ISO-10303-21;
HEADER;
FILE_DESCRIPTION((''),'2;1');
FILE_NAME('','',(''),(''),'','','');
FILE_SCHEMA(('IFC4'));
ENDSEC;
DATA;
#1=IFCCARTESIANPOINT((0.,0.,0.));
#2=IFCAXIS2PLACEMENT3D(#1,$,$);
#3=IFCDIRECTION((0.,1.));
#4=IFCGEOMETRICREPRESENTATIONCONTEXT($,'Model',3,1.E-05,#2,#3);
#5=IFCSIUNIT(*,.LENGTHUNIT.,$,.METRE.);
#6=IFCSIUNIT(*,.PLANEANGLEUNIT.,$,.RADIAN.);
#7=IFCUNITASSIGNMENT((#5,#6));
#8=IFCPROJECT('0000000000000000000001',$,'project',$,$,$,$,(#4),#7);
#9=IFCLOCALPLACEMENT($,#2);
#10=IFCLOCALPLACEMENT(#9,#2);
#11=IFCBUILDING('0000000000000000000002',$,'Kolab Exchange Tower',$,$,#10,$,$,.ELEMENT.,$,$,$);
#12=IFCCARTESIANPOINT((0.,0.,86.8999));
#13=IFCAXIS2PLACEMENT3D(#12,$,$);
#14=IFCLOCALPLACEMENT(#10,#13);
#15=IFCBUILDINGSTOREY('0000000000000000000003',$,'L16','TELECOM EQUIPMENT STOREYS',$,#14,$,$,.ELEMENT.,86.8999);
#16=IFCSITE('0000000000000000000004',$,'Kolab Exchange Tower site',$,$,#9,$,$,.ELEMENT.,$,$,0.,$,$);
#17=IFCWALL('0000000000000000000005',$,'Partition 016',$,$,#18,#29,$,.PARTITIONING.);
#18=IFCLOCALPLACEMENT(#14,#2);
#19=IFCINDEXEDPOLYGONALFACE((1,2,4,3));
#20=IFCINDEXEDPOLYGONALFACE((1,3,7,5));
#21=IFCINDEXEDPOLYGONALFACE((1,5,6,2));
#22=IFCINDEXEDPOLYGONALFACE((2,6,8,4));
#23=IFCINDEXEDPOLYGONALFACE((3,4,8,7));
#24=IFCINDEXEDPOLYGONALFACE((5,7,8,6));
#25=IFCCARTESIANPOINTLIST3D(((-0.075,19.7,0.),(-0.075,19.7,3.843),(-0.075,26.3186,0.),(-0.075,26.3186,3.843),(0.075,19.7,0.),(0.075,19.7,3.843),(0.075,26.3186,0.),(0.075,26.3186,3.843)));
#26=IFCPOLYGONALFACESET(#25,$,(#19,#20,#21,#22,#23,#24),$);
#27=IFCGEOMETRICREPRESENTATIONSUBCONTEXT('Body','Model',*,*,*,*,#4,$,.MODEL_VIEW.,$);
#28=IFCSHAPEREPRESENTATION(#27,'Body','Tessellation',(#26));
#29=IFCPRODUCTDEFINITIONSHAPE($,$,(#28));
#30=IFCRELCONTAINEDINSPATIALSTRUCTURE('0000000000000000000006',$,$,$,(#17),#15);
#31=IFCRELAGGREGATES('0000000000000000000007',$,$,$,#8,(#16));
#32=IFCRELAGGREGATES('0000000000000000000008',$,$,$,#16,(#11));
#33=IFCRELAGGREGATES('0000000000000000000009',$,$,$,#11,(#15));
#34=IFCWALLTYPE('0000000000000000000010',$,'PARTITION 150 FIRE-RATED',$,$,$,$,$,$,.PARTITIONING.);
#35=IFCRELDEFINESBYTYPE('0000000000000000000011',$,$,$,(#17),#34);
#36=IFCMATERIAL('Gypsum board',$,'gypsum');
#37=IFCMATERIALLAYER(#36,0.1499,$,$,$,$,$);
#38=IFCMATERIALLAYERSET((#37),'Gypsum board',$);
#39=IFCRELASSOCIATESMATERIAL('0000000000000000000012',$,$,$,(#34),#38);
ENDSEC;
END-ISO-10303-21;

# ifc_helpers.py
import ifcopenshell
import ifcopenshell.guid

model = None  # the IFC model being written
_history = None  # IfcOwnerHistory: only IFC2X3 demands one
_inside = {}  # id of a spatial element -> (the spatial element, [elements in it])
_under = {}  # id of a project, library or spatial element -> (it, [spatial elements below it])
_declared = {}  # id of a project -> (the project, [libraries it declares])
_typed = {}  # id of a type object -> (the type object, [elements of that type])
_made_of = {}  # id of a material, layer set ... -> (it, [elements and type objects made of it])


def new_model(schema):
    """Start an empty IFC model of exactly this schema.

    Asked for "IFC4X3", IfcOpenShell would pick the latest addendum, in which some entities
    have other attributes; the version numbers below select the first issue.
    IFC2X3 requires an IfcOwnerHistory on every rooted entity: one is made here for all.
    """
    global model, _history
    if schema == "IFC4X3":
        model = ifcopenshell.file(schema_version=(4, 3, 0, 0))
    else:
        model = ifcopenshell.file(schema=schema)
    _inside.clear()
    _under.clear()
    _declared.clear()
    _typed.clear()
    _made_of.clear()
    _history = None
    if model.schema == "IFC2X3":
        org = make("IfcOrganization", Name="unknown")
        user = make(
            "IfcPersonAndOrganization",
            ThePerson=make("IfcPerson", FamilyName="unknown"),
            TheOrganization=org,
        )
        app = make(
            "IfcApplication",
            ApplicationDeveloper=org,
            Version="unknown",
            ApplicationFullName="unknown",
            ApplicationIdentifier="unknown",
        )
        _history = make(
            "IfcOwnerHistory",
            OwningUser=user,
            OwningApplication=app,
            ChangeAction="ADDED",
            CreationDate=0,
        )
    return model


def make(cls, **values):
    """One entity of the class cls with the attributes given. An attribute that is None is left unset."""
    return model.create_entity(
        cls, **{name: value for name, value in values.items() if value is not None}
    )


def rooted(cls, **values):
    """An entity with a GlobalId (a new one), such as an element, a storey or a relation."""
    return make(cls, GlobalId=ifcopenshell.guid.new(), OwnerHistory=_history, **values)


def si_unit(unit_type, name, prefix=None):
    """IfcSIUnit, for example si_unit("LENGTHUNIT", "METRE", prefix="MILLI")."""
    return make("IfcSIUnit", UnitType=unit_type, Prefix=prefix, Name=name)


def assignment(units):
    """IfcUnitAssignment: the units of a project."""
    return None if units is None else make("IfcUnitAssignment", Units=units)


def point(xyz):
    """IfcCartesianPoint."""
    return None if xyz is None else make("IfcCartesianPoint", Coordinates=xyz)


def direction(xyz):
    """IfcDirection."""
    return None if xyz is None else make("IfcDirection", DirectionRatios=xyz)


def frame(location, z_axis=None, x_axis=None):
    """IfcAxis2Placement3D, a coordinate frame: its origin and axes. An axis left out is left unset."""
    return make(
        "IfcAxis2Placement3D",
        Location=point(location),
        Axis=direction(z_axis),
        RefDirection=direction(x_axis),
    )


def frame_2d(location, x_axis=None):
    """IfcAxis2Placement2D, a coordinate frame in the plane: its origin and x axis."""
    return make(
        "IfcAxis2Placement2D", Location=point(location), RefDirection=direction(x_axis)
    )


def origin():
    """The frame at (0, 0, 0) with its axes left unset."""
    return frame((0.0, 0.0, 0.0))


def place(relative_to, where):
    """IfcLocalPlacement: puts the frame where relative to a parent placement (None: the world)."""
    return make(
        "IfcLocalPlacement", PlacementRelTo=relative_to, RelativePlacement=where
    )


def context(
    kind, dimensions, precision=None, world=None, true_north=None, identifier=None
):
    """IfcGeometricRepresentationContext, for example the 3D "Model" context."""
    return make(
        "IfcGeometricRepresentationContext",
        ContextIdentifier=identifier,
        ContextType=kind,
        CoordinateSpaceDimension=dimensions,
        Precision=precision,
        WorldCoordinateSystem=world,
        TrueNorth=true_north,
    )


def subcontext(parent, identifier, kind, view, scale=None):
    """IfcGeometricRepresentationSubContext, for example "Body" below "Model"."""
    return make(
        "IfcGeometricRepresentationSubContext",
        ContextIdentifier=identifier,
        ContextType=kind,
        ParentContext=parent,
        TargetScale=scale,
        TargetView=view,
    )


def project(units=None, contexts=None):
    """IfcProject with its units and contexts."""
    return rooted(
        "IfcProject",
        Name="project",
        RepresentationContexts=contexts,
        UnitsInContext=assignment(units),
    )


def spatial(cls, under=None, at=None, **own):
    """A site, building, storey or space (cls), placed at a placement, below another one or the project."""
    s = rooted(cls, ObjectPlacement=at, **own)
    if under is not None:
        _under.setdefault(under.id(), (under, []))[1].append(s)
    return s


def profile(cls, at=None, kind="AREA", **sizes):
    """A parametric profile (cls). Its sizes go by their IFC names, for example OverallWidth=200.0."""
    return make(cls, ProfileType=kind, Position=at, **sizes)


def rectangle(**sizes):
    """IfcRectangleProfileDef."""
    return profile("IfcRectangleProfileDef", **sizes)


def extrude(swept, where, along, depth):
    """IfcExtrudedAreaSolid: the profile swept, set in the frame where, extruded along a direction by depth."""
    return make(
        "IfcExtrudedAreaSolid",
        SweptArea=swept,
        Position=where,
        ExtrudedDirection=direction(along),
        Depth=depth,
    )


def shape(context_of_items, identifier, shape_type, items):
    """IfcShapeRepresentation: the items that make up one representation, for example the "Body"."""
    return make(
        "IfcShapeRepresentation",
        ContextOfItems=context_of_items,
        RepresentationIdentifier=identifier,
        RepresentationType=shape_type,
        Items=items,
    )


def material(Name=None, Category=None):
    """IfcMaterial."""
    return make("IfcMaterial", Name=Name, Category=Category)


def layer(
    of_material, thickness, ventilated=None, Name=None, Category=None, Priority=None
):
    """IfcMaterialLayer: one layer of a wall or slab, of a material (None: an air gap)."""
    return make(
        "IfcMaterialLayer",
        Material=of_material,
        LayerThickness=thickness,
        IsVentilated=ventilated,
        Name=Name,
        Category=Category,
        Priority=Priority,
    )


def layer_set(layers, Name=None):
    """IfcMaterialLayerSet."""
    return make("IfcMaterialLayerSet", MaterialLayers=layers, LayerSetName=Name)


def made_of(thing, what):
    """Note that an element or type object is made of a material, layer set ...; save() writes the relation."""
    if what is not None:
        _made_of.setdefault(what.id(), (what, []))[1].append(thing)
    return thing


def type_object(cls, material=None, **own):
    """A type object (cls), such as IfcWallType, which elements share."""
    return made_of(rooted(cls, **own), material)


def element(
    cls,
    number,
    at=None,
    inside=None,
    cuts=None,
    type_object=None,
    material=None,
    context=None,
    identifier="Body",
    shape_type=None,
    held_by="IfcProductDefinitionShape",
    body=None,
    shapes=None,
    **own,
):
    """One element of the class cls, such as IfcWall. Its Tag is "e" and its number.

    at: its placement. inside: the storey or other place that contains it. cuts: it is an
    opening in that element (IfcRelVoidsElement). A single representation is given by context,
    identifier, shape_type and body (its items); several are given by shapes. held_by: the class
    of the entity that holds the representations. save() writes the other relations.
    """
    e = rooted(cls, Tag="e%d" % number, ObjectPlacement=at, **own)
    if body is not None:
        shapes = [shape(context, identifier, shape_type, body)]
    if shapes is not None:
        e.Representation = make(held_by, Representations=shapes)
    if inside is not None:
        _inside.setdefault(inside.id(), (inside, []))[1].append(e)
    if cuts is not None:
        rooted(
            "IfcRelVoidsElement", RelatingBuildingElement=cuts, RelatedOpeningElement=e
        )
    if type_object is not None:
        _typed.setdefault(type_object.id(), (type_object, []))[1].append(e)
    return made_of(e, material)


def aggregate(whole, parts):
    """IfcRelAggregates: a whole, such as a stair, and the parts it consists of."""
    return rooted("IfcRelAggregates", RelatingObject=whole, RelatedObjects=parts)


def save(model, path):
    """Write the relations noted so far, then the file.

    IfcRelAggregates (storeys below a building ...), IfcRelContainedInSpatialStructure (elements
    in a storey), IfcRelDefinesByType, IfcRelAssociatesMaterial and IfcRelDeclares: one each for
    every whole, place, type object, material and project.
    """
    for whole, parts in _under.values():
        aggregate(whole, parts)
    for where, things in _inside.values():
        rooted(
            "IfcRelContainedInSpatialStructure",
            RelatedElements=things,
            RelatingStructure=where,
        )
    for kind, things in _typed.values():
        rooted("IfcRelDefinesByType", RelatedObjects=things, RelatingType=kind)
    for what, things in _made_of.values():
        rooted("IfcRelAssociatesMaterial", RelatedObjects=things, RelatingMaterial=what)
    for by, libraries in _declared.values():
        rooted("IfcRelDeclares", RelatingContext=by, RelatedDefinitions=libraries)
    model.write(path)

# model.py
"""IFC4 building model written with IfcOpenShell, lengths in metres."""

from ifc_helpers import new_model, si_unit, direction, frame, frame_2d, origin, place, context, subcontext, project, spatial, rectangle, extrude, material, layer, layer_set, type_object, element, save


model = new_model("IFC4")

# Units and contexts
model_context = context("Model", 3, precision=1e-05, world=origin(), true_north=direction((0.0, 1.0)))
body_context = subcontext(model_context, "Body", "Model", "MODEL_VIEW")
ifc_project = project(units=[si_unit("LENGTHUNIT", "METRE"), si_unit("PLANEANGLEUNIT", "RADIAN")], contexts=[model_context])

# Site, building, storey
site_placement = place(None, origin())
site = spatial("IfcSite", under=ifc_project, at=site_placement, Name="Kolab Exchange Tower site", CompositionType="ELEMENT", RefElevation=0.0)
building_placement = place(site_placement, origin())
building = spatial("IfcBuilding", under=site, at=building_placement, Name="Kolab Exchange Tower", CompositionType="ELEMENT")
storey_placement = place(building_placement, frame((0.0, 0.0, 86.8999)))
storey = spatial("IfcBuildingStorey", under=building, at=storey_placement, Name="L16", Description="TELECOM EQUIPMENT STOREYS", CompositionType="ELEMENT", Elevation=86.8999)

# Wall
ifc_material_1 = material(Name="Gypsum board", Category="gypsum")
ifc_layer_1 = layer(ifc_material_1, 0.1499)
ifc_layer_set_1 = layer_set([ifc_layer_1], Name="Gypsum board")
wall_type_1 = type_object("IfcWallType", Name="PARTITION 150 FIRE-RATED", PredefinedType="PARTITIONING", material=ifc_layer_set_1)
wall_1_placement = place(storey_placement, frame((0.0, 19.7, 0.0), z_axis=(0.0, 0.0, 1.0), x_axis=(0.0, 1.0, 0.0)))
element("IfcWall", 1, at=wall_1_placement, inside=storey, type_object=wall_type_1, Name="Partition 016", PredefinedType="PARTITIONING", context=body_context, shape_type="SweptSolid", body=[
    extrude(rectangle(XDim=6.6187, YDim=0.1499, at=frame_2d((3.3093, 0.0))), origin(), (0.0, 0.0, 1.0), 3.843),
])

save(model, "model.ifc")
